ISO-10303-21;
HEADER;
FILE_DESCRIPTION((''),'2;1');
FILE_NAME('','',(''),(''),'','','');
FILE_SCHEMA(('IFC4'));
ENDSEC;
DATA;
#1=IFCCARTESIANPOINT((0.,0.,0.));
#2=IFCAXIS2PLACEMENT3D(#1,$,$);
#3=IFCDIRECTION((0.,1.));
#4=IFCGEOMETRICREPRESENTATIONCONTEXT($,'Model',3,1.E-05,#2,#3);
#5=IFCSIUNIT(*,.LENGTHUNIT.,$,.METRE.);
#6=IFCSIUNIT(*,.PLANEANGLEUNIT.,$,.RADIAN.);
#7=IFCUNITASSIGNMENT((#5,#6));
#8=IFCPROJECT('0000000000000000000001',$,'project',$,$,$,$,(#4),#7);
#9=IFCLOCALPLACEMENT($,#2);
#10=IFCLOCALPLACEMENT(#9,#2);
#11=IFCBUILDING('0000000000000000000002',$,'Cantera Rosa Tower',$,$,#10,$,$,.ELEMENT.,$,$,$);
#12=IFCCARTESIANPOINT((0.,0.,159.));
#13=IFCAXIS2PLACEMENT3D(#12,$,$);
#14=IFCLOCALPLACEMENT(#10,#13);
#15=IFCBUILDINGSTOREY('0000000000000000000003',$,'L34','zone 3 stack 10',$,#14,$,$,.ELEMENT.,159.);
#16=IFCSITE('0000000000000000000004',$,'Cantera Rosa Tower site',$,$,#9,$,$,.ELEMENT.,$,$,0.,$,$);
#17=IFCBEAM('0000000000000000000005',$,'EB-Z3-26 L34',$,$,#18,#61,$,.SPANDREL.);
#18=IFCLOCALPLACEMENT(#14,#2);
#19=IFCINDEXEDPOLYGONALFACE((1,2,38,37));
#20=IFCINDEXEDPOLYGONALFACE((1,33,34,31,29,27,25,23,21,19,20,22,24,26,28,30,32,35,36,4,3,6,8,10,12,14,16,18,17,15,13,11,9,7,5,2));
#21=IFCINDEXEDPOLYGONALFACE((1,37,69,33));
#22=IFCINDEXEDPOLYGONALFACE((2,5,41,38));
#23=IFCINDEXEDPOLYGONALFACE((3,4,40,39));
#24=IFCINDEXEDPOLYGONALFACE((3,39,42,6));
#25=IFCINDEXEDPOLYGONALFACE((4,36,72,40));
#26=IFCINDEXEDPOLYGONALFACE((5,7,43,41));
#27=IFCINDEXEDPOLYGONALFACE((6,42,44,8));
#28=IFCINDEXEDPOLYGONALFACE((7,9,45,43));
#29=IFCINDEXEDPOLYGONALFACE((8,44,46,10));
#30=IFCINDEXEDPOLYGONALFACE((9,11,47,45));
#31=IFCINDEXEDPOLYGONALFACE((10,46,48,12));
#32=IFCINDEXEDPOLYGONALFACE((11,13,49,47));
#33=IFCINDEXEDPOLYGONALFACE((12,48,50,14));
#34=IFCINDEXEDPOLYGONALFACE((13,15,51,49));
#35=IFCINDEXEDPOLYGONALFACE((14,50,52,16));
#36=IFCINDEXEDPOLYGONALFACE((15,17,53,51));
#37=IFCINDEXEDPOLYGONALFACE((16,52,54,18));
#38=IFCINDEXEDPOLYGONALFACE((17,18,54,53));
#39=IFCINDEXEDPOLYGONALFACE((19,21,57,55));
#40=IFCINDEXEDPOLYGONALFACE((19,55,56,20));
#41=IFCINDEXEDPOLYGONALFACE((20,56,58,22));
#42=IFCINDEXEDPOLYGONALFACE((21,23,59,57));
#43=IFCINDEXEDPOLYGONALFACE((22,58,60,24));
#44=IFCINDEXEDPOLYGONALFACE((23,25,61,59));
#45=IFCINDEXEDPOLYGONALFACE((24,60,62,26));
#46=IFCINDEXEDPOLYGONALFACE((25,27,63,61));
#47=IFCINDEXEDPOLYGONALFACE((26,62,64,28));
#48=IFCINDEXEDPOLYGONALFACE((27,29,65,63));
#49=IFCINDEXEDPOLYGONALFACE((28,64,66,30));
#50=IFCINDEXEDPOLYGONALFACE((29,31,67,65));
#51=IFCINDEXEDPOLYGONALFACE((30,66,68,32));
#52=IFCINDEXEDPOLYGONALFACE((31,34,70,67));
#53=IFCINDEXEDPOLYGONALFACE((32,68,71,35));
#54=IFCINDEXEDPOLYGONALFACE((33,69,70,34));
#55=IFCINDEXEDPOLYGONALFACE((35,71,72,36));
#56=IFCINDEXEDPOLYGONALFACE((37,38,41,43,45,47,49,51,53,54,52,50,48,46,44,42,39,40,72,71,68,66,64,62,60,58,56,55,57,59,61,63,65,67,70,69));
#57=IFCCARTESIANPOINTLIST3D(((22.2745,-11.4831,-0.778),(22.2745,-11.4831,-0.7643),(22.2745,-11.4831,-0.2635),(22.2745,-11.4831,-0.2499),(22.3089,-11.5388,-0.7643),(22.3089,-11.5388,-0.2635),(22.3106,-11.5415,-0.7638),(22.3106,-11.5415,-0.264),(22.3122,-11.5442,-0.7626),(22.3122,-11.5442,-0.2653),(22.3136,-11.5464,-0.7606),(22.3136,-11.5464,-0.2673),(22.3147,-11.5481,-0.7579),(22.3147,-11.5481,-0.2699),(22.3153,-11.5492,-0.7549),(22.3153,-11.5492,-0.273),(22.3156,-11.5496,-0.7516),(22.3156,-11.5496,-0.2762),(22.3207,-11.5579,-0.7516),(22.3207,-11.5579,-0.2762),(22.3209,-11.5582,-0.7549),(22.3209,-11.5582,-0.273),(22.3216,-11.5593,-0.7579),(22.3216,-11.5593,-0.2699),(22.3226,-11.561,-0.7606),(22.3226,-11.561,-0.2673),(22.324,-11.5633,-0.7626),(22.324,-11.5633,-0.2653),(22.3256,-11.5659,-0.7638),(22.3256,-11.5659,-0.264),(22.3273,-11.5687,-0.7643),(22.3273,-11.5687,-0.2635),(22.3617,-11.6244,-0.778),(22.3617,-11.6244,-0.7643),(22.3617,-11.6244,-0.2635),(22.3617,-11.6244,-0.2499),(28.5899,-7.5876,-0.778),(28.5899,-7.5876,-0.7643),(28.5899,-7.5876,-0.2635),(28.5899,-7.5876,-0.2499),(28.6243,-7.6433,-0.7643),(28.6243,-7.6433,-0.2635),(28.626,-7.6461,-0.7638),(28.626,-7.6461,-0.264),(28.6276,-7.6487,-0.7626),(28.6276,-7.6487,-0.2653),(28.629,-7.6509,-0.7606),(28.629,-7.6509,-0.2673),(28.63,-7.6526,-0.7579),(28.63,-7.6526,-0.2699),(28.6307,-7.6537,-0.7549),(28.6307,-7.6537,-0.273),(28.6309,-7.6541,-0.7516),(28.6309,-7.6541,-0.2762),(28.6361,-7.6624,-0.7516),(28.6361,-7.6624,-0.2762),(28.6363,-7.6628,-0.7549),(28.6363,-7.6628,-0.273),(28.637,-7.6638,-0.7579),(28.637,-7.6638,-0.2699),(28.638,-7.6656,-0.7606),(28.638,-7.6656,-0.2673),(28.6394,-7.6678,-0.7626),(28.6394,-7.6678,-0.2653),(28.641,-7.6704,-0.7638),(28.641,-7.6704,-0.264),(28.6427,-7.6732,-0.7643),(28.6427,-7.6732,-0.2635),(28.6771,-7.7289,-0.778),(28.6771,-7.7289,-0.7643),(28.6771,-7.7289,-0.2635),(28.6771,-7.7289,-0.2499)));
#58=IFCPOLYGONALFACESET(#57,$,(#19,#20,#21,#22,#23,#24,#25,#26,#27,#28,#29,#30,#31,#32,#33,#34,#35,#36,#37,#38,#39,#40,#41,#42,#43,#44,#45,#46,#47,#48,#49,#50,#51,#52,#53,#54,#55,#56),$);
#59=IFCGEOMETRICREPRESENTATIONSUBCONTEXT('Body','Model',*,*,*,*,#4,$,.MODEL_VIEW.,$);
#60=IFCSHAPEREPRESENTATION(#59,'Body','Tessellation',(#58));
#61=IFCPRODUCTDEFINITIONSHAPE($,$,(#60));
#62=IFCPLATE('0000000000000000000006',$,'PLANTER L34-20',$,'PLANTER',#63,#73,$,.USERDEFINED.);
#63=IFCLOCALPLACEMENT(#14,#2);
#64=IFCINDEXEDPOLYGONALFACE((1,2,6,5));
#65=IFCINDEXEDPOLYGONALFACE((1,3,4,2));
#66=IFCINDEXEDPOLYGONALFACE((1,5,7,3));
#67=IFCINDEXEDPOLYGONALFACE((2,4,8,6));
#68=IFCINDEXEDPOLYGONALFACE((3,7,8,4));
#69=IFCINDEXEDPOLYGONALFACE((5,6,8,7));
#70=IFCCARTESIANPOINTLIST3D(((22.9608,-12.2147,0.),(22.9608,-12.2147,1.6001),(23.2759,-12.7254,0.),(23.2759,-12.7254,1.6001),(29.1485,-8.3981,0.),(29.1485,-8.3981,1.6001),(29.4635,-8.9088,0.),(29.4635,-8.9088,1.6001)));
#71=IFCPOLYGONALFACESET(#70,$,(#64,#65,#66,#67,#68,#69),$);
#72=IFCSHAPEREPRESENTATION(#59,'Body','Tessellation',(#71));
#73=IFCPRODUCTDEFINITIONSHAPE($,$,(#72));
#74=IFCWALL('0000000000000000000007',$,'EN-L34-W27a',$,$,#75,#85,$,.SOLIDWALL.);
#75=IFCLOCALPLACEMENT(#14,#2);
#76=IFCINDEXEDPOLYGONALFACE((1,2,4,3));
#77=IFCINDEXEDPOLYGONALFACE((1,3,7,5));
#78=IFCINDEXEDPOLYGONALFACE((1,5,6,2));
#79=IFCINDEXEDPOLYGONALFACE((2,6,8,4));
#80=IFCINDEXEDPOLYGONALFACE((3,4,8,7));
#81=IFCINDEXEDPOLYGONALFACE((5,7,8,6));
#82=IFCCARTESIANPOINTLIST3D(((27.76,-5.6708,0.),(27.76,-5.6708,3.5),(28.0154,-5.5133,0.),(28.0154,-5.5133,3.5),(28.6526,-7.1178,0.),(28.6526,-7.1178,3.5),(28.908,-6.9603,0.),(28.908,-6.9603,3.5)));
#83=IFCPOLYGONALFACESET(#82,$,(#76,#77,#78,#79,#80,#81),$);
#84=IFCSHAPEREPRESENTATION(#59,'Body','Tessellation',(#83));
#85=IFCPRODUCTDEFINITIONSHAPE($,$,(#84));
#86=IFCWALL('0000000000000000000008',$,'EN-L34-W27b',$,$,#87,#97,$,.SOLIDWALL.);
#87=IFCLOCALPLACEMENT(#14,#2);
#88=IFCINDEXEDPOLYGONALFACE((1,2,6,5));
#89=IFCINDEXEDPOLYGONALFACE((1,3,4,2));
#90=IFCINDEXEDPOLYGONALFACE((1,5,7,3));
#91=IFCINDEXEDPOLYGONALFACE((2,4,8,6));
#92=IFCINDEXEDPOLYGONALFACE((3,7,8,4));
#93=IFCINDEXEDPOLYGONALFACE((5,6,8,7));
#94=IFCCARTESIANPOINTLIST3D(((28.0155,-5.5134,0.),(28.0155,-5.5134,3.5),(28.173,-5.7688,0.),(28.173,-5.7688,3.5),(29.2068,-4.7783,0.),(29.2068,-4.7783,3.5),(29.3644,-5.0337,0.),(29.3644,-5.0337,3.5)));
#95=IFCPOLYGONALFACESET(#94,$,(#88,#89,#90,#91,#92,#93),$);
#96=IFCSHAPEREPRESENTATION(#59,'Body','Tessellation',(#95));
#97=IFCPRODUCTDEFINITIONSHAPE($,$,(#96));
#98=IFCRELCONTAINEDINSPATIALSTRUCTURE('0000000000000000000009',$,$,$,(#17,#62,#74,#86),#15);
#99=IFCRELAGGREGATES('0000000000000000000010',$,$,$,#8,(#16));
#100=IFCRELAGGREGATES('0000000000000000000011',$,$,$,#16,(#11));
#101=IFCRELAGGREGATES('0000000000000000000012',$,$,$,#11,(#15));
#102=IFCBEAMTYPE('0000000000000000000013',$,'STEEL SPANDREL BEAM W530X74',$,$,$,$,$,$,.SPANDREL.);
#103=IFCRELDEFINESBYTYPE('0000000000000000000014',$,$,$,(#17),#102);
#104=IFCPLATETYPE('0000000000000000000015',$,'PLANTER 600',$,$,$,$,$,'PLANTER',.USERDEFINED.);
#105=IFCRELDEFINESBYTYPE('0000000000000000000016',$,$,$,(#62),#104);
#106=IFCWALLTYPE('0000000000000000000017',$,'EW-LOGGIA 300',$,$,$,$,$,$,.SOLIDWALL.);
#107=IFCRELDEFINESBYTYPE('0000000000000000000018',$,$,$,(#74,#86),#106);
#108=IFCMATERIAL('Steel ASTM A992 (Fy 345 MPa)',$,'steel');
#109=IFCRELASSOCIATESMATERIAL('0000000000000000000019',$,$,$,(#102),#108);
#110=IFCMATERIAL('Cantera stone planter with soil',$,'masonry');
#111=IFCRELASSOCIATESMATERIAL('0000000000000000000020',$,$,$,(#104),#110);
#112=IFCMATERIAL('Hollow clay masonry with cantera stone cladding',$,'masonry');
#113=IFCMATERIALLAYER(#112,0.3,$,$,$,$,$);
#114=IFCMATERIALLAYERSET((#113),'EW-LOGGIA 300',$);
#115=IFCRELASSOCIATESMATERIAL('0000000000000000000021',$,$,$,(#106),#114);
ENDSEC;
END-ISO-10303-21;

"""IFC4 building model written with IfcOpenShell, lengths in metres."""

from ifc_helpers import new_model, si_unit, direction, frame, frame_2d, origin, origin_2d, place, context, subcontext, project, spatial, rectangle, i_section, extrude, material, layer, layer_set, material_profile, profile_set, type_object, element, save


model = new_model("IFC4")

# Units and contexts
model_context = context("Model", 3, precision=1e-05, world=origin(), true_north=direction((0.0, 1.0)))
body_context = subcontext(model_context, "Body", "Model", "MODEL_VIEW")
ifc_project = project(units=[si_unit("LENGTHUNIT", "METRE"), si_unit("PLANEANGLEUNIT", "RADIAN")], contexts=[model_context])

# Site, building, storey
site_placement = place(None, origin())
site = spatial("IfcSite", under=ifc_project, at=site_placement, Name="Cantera Rosa Tower site", CompositionType="ELEMENT", RefElevation=0.0)
building_placement = place(site_placement, origin())
building = spatial("IfcBuilding", under=site, at=building_placement, Name="Cantera Rosa Tower", CompositionType="ELEMENT")
storey_placement = place(building_placement, frame((0.0, 0.0, 159.0)))
storey = spatial("IfcBuildingStorey", under=building, at=storey_placement, Name="L34", Description="zone 3 stack 10", CompositionType="ELEMENT", Elevation=159.0)

# Beam
ifc_material_1 = material(Name="Steel ASTM A992 (Fy 345 MPa)", Category="steel")
ifc_material_profile_1 = material_profile(ifc_material_1, i_section(OverallWidth=0.166, OverallDepth=0.5281, WebThickness=0.0098, FlangeThickness=0.0137, FilletRadius=0.0127, at=origin_2d()), Name="W530X74")
ifc_profile_set_1 = profile_set([ifc_material_profile_1], Name="Steel ASTM A992 (Fy 345 MPa)")
beam_type_1 = type_object("IfcBeamType", Name="STEEL SPANDREL BEAM W530X74", PredefinedType="SPANDREL", material=ifc_profile_set_1)
beam_1_placement = place(storey_placement, frame((22.3181, -11.5537, -0.5139), z_axis=(0.851111, 0.524986, 0.0), x_axis=(-0.524986, 0.851111, 0.0)))
element("IfcBeam", 1, at=beam_1_placement, inside=storey, type_object=beam_type_1, Name="EB-Z3-26 L34", PredefinedType="SPANDREL", context=body_context, shape_type="SweptSolid", body=[
    extrude(i_section(OverallWidth=0.166, OverallDepth=0.5281, WebThickness=0.0098, FlangeThickness=0.0137, FilletRadius=0.0127, at=origin_2d()), origin(), (0.0, 0.0, 1.0), 7.4202),
])

# Plate
ifc_material_2 = material(Name="Cantera stone planter with soil", Category="masonry")
plate_type = type_object("IfcPlateType", Name="PLANTER 600", ElementType="PLANTER", PredefinedType="USERDEFINED", material=ifc_material_2)
plate_placement = place(storey_placement, frame((26.2122, -10.5618, 0.0), z_axis=(0.0, 0.0, 1.0), x_axis=(0.851117, 0.524977, 0.0)))
element("IfcPlate", 2, at=plate_placement, inside=storey, type_object=plate_type, Name="PLANTER L34-20", ObjectType="PLANTER", PredefinedType="USERDEFINED", context=body_context, shape_type="SweptSolid", body=[
    extrude(rectangle(XDim=7.27, YDim=0.6001, at=origin_2d()), origin(), (0.0, 0.0, 1.0), 1.6001),
])

# Walls
ifc_material_3 = material(Name="Hollow clay masonry with cantera stone cladding", Category="masonry")
ifc_layer_1 = layer(ifc_material_3, 0.3)
ifc_layer_set_1 = layer_set([ifc_layer_1], Name="EW-LOGGIA 300")
wall_type_1 = type_object("IfcWallType", Name="EW-LOGGIA 300", PredefinedType="SOLIDWALL", material=ifc_layer_set_1)
wall_1_placement = place(storey_placement, frame((28.7803, -7.0391, 0.0), z_axis=(0.0, 0.0, 1.0), x_axis=(-0.524994, 0.851106, 0.0)))
element("IfcWall", 3, at=wall_1_placement, inside=storey, type_object=wall_type_1, Name="EN-L34-W27a", PredefinedType="SOLIDWALL", context=body_context, shape_type="SweptSolid", body=[
    extrude(rectangle(XDim=1.7002, YDim=0.3, at=frame_2d((0.8501, 0.0))), origin(), (0.0, 0.0, 1.0), 3.5),
])
wall_2_placement = place(storey_placement, frame((28.0942, -5.6411, 0.0), z_axis=(0.0, 0.0, 1.0), x_axis=(0.851041, 0.525099, 0.0)))
element("IfcWall", 4, at=wall_2_placement, inside=storey, type_object=wall_type_1, Name="EN-L34-W27b", PredefinedType="SOLIDWALL", context=body_context, shape_type="SweptSolid", body=[
    extrude(rectangle(XDim=1.3999, YDim=0.3, at=frame_2d((0.7, 0.0))), origin(), (0.0, 0.0, 1.0), 3.5),
])

save(model, "model.ifc")
